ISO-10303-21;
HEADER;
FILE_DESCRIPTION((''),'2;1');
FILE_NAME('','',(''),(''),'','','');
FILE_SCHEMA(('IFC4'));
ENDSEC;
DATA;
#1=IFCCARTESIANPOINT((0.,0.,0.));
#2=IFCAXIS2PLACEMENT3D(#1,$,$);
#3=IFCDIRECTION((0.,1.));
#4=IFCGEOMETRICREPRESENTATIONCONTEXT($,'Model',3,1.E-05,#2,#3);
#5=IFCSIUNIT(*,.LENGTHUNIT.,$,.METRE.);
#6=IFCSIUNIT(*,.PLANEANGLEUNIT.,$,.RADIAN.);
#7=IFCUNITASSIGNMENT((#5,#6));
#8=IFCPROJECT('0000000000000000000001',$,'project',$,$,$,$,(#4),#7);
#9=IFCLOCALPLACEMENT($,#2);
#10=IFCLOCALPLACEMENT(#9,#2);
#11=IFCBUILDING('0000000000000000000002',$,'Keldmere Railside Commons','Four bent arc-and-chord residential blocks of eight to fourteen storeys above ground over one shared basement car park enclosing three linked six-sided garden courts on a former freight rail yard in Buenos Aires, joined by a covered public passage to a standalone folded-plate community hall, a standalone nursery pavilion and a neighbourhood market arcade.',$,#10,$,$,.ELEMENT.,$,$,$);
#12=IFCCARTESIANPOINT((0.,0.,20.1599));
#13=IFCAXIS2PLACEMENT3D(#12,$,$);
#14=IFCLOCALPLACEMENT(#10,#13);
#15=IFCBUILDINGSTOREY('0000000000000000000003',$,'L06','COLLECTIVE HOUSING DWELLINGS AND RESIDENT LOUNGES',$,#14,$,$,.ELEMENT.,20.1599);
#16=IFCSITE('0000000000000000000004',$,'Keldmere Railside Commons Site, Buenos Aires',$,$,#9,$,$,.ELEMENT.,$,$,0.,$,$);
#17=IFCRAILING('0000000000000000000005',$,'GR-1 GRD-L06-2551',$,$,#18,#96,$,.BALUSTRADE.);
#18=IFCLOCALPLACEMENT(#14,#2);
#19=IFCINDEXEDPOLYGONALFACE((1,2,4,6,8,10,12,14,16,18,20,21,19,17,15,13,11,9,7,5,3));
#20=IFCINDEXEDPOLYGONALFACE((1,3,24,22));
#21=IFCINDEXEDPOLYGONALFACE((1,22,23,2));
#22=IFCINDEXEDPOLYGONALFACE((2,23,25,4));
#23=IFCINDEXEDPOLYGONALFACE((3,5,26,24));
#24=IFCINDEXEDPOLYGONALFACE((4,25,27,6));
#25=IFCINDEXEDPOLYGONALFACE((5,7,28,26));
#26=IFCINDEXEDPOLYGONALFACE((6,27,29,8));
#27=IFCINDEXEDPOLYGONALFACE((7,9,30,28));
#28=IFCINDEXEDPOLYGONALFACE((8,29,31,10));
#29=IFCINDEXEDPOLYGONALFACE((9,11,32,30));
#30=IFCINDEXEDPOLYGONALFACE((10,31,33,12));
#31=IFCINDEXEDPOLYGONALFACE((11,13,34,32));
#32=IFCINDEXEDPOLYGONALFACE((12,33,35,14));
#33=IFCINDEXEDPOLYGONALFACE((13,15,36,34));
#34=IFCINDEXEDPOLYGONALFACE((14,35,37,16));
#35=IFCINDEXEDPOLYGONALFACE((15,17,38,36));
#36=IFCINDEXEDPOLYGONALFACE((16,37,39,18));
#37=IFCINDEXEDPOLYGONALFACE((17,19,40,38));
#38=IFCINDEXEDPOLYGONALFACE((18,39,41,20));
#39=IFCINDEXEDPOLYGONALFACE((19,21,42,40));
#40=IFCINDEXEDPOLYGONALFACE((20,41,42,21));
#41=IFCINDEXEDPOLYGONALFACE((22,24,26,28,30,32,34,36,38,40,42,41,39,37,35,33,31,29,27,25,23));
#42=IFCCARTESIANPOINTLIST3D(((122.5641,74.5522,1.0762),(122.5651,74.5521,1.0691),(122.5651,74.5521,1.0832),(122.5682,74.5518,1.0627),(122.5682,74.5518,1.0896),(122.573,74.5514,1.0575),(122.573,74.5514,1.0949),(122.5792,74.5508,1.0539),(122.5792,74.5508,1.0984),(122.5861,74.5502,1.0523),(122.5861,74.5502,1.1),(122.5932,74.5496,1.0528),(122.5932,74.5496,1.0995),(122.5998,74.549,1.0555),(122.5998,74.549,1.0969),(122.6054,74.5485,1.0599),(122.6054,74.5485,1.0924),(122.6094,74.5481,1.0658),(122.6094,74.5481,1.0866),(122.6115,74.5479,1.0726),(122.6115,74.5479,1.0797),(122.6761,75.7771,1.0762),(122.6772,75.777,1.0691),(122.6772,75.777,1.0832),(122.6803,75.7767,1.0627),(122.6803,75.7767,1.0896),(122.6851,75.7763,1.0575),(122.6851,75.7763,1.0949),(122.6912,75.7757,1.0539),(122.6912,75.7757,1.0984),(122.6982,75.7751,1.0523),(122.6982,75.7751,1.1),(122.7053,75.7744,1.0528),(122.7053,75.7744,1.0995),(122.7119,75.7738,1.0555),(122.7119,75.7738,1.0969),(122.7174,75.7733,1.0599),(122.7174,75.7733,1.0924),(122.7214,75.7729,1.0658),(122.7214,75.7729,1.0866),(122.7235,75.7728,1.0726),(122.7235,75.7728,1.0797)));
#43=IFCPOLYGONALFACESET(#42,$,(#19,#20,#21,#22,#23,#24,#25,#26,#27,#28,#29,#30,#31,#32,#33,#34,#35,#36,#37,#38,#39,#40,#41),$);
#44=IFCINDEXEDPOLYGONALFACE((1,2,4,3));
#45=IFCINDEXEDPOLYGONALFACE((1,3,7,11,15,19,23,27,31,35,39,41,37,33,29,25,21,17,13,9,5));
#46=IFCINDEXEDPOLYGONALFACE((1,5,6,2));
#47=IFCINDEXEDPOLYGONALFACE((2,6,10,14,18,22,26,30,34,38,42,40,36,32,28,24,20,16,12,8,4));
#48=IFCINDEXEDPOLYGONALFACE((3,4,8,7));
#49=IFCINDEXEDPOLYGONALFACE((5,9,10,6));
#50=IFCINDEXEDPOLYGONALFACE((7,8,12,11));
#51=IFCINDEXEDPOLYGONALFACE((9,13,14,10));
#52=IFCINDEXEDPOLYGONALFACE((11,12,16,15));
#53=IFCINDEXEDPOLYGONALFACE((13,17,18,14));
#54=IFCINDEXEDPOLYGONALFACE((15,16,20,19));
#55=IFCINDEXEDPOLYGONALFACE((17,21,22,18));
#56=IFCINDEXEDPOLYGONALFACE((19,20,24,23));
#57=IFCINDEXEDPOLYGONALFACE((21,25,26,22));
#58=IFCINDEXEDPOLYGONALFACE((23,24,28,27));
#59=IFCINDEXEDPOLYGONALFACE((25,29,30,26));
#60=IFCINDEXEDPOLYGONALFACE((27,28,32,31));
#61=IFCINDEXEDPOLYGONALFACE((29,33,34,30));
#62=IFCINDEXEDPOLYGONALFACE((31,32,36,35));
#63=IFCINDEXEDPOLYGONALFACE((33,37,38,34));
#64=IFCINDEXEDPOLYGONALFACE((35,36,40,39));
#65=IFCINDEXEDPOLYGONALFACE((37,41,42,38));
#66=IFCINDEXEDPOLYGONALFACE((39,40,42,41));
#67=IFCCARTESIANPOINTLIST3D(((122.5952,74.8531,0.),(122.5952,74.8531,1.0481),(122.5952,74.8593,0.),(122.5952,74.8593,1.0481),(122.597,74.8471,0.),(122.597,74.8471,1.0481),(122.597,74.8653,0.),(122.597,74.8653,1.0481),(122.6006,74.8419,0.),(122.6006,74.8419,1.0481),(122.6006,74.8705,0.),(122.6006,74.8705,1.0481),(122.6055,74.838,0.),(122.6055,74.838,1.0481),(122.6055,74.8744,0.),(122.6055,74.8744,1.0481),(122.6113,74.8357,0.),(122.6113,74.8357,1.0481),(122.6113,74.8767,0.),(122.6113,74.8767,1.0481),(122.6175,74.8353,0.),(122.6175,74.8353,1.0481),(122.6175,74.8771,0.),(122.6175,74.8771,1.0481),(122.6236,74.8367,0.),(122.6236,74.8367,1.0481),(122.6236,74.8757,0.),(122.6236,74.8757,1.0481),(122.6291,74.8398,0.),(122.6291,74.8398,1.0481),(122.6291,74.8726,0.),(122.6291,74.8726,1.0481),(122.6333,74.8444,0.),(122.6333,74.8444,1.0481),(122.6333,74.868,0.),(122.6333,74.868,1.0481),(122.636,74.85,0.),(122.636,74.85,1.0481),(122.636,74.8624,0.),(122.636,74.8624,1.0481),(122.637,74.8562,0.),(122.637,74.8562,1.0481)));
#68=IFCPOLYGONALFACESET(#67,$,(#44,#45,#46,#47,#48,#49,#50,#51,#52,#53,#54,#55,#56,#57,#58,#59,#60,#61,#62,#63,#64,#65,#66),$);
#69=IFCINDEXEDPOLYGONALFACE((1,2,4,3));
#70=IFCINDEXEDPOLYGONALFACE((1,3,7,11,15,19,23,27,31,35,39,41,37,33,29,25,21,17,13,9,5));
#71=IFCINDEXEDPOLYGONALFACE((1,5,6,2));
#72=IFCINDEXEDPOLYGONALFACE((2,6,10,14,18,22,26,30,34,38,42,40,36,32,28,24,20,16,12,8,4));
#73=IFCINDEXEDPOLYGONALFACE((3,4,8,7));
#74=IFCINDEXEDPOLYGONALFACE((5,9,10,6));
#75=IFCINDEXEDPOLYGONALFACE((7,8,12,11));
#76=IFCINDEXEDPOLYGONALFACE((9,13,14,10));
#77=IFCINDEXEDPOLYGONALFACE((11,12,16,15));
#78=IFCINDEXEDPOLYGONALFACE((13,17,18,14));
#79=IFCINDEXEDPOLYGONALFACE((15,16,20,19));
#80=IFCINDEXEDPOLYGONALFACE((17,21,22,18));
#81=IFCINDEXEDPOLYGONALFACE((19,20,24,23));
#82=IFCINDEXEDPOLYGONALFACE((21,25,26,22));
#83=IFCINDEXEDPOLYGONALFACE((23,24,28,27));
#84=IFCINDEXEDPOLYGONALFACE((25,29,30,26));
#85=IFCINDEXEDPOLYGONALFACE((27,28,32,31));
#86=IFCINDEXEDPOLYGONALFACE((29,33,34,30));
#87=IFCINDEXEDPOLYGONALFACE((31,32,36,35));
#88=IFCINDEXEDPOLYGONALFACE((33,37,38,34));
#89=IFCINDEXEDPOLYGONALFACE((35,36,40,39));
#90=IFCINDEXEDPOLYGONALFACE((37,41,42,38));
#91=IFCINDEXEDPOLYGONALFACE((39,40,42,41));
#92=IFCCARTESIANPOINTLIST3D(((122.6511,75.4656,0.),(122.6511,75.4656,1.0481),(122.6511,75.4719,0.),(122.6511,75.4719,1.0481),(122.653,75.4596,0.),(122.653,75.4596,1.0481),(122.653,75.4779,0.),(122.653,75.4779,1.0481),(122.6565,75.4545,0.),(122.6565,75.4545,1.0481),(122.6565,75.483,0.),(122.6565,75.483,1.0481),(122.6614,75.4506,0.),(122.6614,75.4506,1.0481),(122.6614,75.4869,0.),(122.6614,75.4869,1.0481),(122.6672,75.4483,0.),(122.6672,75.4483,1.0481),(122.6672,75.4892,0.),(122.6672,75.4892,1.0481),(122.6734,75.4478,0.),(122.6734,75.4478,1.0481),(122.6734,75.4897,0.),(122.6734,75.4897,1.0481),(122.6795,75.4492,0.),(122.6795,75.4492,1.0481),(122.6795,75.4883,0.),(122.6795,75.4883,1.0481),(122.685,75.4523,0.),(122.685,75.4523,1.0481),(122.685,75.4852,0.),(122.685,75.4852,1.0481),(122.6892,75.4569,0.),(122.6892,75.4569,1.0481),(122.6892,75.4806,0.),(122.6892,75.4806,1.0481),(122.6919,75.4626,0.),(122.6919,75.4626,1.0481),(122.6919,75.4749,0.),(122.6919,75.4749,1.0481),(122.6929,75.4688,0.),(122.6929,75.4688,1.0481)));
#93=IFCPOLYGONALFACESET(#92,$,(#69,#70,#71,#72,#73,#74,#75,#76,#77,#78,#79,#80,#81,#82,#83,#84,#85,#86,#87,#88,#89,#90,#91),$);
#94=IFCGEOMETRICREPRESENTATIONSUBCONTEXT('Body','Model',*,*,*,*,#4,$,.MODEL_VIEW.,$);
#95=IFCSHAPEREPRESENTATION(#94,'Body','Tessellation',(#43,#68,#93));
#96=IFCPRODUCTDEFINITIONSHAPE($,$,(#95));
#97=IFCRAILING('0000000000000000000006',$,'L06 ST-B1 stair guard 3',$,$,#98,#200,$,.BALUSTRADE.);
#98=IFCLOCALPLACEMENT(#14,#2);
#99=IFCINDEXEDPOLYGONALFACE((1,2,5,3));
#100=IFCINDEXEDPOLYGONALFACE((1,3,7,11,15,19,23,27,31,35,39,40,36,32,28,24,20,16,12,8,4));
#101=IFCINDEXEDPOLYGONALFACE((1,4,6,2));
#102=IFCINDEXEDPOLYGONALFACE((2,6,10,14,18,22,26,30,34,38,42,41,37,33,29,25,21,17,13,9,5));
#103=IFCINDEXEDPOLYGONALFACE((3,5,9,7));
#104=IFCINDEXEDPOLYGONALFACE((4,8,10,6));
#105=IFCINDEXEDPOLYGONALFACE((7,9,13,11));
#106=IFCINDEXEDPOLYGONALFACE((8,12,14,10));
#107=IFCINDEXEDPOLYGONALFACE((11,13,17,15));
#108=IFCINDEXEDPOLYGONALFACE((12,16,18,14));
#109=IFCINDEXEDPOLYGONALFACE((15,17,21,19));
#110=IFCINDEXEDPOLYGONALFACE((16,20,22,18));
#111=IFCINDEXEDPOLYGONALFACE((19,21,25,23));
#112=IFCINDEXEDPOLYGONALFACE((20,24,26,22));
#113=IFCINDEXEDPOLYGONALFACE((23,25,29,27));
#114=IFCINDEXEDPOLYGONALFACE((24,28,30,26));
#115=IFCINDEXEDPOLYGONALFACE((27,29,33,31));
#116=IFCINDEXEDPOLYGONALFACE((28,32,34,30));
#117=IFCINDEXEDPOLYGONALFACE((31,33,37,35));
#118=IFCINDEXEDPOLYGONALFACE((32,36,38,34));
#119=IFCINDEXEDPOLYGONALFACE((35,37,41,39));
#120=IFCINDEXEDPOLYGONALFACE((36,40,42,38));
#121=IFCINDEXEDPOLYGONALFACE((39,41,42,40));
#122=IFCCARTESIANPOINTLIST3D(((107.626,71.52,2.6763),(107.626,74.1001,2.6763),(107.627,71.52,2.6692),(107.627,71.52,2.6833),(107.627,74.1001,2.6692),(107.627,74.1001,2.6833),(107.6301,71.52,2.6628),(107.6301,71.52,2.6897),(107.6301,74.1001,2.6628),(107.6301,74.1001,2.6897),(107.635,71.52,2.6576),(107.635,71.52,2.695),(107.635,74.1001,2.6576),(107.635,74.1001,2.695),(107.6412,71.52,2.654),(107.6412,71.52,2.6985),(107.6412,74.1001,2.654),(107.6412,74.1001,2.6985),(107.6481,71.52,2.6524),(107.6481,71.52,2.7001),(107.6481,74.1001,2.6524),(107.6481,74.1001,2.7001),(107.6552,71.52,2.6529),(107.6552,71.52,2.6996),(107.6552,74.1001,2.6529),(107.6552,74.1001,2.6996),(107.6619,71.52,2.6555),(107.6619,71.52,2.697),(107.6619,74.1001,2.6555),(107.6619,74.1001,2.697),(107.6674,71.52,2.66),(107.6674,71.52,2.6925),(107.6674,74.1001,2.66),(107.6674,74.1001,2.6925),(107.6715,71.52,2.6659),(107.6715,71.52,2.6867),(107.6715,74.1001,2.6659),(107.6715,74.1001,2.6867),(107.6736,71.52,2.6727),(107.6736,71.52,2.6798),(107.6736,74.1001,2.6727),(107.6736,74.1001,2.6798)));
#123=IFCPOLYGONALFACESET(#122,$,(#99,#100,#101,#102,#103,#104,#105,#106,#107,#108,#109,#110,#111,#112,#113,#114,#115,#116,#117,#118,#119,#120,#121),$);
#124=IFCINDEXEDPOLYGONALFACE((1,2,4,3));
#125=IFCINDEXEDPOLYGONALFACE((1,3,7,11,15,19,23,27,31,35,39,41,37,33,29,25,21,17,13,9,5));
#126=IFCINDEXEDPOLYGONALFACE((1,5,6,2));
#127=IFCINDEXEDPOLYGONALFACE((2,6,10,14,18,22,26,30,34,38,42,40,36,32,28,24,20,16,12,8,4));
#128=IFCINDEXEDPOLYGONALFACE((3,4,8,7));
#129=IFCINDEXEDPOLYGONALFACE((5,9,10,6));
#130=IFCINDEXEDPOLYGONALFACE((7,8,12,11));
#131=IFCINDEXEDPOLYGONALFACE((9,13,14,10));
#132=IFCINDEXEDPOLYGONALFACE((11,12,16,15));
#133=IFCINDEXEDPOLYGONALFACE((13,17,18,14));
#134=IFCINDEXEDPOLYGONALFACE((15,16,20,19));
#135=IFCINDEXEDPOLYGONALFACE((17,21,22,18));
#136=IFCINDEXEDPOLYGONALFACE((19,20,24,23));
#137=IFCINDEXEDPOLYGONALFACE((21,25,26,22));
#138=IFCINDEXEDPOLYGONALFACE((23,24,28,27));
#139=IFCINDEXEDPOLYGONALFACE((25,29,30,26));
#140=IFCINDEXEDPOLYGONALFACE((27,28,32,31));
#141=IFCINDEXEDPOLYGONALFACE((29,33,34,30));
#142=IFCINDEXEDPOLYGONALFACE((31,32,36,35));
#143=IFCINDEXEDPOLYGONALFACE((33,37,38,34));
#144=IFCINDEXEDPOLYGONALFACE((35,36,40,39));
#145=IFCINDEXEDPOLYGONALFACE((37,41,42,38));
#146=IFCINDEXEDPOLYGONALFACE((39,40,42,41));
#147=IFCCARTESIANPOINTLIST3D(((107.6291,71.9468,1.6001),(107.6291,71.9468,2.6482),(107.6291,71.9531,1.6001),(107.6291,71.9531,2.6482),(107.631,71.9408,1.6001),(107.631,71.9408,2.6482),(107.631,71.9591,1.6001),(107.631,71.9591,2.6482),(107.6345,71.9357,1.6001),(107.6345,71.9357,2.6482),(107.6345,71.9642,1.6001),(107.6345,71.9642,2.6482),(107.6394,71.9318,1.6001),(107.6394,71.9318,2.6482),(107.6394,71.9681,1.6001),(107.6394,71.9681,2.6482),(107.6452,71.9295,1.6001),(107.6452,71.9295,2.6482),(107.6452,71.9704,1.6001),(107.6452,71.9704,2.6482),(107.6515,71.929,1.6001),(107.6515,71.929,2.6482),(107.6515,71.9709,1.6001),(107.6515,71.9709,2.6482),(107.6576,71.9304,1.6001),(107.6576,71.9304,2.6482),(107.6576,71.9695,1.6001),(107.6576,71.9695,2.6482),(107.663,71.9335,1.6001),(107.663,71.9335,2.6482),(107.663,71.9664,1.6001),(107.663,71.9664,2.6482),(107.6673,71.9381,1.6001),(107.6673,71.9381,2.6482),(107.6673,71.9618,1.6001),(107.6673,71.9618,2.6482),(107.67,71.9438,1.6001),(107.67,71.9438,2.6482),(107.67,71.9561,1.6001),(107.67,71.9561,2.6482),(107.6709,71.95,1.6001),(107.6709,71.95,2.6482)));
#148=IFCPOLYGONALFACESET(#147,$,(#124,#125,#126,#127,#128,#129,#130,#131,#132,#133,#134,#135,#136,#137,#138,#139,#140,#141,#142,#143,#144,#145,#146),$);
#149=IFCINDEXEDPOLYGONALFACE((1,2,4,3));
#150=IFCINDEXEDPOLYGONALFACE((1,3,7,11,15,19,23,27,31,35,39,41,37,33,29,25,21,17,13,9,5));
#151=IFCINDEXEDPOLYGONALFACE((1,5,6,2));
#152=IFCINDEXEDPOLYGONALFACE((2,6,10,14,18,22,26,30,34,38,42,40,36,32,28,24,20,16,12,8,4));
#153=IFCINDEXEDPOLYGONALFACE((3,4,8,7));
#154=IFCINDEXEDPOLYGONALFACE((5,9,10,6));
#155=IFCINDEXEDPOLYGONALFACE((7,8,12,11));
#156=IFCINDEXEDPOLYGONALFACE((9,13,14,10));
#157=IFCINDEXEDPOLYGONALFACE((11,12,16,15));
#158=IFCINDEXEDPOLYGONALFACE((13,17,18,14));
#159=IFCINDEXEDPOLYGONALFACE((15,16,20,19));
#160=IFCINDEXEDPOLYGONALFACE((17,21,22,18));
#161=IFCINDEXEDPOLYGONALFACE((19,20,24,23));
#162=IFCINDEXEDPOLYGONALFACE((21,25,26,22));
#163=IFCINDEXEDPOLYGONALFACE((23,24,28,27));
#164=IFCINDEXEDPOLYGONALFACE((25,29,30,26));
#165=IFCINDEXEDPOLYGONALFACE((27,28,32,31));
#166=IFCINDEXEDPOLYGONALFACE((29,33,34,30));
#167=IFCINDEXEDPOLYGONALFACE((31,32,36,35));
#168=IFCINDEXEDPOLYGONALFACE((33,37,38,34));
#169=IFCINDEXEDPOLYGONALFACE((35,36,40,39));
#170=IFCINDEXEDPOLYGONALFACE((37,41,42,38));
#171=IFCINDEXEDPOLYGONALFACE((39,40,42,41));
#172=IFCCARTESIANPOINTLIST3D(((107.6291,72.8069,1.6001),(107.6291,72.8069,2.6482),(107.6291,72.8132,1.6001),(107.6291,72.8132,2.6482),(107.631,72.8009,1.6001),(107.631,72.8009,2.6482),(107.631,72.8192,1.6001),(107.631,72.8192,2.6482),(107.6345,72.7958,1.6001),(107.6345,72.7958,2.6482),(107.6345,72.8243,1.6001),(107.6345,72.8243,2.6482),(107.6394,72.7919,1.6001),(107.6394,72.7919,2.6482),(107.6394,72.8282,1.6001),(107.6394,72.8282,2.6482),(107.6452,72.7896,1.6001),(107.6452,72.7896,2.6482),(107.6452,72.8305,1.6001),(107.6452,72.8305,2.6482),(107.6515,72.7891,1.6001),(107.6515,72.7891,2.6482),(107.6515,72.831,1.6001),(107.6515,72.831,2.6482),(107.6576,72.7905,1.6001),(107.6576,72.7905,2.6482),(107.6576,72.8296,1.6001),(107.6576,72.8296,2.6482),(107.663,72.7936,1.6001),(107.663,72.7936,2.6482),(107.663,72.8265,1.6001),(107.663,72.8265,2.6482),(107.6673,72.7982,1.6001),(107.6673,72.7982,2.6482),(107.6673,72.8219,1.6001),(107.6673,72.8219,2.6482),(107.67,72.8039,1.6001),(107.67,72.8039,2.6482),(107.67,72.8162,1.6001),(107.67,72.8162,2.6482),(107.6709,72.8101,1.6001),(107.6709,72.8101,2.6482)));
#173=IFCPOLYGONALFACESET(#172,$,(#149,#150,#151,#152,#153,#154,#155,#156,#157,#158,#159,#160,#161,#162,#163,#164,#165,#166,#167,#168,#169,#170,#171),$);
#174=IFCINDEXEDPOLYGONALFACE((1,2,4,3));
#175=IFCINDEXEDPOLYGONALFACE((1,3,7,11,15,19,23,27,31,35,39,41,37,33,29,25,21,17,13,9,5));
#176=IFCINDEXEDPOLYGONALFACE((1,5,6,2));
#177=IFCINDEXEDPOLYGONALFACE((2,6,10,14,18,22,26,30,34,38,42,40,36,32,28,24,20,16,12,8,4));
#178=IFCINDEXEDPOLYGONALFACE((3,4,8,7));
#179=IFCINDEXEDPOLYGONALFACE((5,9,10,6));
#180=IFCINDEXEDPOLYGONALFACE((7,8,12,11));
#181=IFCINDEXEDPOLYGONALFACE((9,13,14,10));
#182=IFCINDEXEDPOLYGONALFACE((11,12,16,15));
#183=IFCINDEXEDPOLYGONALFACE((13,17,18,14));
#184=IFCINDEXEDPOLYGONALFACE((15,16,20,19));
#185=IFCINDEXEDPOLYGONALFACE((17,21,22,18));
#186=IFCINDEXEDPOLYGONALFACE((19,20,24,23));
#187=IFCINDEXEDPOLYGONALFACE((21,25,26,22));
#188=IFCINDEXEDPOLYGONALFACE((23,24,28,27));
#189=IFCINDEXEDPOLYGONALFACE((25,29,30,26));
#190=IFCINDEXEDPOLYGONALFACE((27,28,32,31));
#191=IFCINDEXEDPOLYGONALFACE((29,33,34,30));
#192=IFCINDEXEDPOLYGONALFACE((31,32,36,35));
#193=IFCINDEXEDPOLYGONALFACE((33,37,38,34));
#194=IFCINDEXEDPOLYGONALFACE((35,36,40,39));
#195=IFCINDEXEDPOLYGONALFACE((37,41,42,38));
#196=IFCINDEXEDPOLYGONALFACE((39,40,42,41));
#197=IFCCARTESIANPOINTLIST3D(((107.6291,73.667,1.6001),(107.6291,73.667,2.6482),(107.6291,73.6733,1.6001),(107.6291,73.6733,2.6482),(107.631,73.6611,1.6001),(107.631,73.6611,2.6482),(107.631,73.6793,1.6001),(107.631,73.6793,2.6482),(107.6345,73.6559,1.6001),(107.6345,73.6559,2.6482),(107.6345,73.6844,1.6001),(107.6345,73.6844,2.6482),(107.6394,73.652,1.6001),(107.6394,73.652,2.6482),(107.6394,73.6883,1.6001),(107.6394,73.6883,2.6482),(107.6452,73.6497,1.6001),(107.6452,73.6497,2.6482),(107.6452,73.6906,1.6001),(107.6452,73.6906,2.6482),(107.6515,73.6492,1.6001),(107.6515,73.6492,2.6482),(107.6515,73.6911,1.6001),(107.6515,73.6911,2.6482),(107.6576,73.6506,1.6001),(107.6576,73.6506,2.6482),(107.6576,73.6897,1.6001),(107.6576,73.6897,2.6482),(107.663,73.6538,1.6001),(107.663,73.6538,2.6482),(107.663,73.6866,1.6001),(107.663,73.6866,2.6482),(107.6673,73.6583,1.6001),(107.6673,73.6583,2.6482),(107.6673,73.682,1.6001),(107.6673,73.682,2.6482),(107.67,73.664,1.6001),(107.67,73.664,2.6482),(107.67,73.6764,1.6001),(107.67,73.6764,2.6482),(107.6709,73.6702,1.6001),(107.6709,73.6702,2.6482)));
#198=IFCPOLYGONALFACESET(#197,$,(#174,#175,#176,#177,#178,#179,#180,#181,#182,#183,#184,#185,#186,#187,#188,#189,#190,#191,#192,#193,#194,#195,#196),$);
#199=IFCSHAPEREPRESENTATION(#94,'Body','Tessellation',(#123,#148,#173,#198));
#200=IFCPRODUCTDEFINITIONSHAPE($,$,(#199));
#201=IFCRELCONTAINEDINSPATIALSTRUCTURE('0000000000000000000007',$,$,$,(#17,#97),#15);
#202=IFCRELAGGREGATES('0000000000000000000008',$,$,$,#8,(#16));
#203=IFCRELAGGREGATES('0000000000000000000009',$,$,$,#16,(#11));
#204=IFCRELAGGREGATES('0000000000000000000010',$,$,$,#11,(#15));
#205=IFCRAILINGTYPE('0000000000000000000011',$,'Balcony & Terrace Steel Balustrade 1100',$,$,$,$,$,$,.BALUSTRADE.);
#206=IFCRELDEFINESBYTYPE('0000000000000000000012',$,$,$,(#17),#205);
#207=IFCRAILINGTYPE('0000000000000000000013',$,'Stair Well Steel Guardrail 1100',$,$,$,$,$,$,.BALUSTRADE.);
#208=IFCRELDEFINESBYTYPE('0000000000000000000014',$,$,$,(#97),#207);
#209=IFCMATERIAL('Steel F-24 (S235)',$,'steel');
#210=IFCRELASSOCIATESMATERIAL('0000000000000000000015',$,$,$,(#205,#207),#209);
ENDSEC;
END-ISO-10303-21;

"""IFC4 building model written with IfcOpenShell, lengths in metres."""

from ifc_helpers import new_model, si_unit, direction, frame, origin, origin_2d, place, context, subcontext, project, spatial, circle, extrude, material, type_object, element, save


model = new_model("IFC4")

# Units and contexts
model_context = context("Model", 3, precision=1e-05, world=origin(), true_north=direction((0.0, 1.0)))
body_context = subcontext(model_context, "Body", "Model", "MODEL_VIEW")
ifc_project = project(units=[si_unit("LENGTHUNIT", "METRE"), si_unit("PLANEANGLEUNIT", "RADIAN")], contexts=[model_context])

# Site, building, storey
site_placement = place(None, origin())
site = spatial("IfcSite", under=ifc_project, at=site_placement, Name="Keldmere Railside Commons Site, Buenos Aires", CompositionType="ELEMENT", RefElevation=0.0)
building_placement = place(site_placement, origin())
building = spatial("IfcBuilding", under=site, at=building_placement, Name="Keldmere Railside Commons", Description="Four bent arc-and-chord residential blocks of eight to fourteen storeys above ground over one shared basement car park enclosing three linked six-sided garden courts on a former freight rail yard in Buenos Aires, joined by a covered public passage to a standalone folded-plate community hall, a standalone nursery pavilion and a neighbourhood market arcade.", CompositionType="ELEMENT")
storey_placement = place(building_placement, frame((0.0, 0.0, 20.1599)))
storey = spatial("IfcBuildingStorey", under=building, at=storey_placement, Name="L06", Description="COLLECTIVE HOUSING DWELLINGS AND RESIDENT LOUNGES", CompositionType="ELEMENT", Elevation=20.1599)

# Railings
ifc_material_1 = material(Name="Steel F-24 (S235)", Category="steel")
railing_type_1 = type_object("IfcRailingType", Name="Balcony & Terrace Steel Balustrade 1100", PredefinedType="BALUSTRADE", material=ifc_material_1)
railing_1_placement = place(storey_placement, frame((122.5879, 74.55, 0.0)))
element("IfcRailing", 1, at=railing_1_placement, inside=storey, type_object=railing_type_1, Name="GR-1 GRD-L06-2551", PredefinedType="BALUSTRADE", context=body_context, shape_type="SweptSolid", body=[
    extrude(circle(Radius=0.0239, at=origin_2d()), frame((0.0, 0.0, 1.0762), z_axis=(0.091108, 0.995841, 0.0), x_axis=(-0.995841, 0.091108, 0.0)), (0.0, 0.0, 1.0), 1.23),
    extrude(circle(Radius=0.021, at=origin_2d()), frame((0.0281, 0.3062, 0.0)), (0.0, 0.0, 1.0), 1.0481),
    extrude(circle(Radius=0.021, at=origin_2d()), frame((0.084, 0.9187, 0.0)), (0.0, 0.0, 1.0), 1.0481),
])
railing_type_2 = type_object("IfcRailingType", Name="Stair Well Steel Guardrail 1100", PredefinedType="BALUSTRADE", material=ifc_material_1)
railing_2_placement = place(storey_placement, frame((107.6499, 71.52, 1.6001)))
element("IfcRailing", 2, at=railing_2_placement, inside=storey, type_object=railing_type_2, Name="L06 ST-B1 stair guard 3", PredefinedType="BALUSTRADE", context=body_context, shape_type="SweptSolid", body=[
    extrude(circle(Radius=0.0239, at=origin_2d()), frame((0.0, 0.0, 1.0762), z_axis=(0.0, 1.0, 0.0), x_axis=(-1.0, 0.0, 0.0)), (0.0, 0.0, 1.0), 2.5801),
    extrude(circle(Radius=0.021, at=origin_2d()), frame((0.0, 0.4299, 0.0)), (0.0, 0.0, 1.0), 1.0481),
    extrude(circle(Radius=0.021, at=origin_2d()), frame((0.0, 1.29, 0.0)), (0.0, 0.0, 1.0), 1.0481),
    extrude(circle(Radius=0.021, at=origin_2d()), frame((0.0, 2.1501, 0.0)), (0.0, 0.0, 1.0), 1.0481),
])

save(model, "model.ifc")
